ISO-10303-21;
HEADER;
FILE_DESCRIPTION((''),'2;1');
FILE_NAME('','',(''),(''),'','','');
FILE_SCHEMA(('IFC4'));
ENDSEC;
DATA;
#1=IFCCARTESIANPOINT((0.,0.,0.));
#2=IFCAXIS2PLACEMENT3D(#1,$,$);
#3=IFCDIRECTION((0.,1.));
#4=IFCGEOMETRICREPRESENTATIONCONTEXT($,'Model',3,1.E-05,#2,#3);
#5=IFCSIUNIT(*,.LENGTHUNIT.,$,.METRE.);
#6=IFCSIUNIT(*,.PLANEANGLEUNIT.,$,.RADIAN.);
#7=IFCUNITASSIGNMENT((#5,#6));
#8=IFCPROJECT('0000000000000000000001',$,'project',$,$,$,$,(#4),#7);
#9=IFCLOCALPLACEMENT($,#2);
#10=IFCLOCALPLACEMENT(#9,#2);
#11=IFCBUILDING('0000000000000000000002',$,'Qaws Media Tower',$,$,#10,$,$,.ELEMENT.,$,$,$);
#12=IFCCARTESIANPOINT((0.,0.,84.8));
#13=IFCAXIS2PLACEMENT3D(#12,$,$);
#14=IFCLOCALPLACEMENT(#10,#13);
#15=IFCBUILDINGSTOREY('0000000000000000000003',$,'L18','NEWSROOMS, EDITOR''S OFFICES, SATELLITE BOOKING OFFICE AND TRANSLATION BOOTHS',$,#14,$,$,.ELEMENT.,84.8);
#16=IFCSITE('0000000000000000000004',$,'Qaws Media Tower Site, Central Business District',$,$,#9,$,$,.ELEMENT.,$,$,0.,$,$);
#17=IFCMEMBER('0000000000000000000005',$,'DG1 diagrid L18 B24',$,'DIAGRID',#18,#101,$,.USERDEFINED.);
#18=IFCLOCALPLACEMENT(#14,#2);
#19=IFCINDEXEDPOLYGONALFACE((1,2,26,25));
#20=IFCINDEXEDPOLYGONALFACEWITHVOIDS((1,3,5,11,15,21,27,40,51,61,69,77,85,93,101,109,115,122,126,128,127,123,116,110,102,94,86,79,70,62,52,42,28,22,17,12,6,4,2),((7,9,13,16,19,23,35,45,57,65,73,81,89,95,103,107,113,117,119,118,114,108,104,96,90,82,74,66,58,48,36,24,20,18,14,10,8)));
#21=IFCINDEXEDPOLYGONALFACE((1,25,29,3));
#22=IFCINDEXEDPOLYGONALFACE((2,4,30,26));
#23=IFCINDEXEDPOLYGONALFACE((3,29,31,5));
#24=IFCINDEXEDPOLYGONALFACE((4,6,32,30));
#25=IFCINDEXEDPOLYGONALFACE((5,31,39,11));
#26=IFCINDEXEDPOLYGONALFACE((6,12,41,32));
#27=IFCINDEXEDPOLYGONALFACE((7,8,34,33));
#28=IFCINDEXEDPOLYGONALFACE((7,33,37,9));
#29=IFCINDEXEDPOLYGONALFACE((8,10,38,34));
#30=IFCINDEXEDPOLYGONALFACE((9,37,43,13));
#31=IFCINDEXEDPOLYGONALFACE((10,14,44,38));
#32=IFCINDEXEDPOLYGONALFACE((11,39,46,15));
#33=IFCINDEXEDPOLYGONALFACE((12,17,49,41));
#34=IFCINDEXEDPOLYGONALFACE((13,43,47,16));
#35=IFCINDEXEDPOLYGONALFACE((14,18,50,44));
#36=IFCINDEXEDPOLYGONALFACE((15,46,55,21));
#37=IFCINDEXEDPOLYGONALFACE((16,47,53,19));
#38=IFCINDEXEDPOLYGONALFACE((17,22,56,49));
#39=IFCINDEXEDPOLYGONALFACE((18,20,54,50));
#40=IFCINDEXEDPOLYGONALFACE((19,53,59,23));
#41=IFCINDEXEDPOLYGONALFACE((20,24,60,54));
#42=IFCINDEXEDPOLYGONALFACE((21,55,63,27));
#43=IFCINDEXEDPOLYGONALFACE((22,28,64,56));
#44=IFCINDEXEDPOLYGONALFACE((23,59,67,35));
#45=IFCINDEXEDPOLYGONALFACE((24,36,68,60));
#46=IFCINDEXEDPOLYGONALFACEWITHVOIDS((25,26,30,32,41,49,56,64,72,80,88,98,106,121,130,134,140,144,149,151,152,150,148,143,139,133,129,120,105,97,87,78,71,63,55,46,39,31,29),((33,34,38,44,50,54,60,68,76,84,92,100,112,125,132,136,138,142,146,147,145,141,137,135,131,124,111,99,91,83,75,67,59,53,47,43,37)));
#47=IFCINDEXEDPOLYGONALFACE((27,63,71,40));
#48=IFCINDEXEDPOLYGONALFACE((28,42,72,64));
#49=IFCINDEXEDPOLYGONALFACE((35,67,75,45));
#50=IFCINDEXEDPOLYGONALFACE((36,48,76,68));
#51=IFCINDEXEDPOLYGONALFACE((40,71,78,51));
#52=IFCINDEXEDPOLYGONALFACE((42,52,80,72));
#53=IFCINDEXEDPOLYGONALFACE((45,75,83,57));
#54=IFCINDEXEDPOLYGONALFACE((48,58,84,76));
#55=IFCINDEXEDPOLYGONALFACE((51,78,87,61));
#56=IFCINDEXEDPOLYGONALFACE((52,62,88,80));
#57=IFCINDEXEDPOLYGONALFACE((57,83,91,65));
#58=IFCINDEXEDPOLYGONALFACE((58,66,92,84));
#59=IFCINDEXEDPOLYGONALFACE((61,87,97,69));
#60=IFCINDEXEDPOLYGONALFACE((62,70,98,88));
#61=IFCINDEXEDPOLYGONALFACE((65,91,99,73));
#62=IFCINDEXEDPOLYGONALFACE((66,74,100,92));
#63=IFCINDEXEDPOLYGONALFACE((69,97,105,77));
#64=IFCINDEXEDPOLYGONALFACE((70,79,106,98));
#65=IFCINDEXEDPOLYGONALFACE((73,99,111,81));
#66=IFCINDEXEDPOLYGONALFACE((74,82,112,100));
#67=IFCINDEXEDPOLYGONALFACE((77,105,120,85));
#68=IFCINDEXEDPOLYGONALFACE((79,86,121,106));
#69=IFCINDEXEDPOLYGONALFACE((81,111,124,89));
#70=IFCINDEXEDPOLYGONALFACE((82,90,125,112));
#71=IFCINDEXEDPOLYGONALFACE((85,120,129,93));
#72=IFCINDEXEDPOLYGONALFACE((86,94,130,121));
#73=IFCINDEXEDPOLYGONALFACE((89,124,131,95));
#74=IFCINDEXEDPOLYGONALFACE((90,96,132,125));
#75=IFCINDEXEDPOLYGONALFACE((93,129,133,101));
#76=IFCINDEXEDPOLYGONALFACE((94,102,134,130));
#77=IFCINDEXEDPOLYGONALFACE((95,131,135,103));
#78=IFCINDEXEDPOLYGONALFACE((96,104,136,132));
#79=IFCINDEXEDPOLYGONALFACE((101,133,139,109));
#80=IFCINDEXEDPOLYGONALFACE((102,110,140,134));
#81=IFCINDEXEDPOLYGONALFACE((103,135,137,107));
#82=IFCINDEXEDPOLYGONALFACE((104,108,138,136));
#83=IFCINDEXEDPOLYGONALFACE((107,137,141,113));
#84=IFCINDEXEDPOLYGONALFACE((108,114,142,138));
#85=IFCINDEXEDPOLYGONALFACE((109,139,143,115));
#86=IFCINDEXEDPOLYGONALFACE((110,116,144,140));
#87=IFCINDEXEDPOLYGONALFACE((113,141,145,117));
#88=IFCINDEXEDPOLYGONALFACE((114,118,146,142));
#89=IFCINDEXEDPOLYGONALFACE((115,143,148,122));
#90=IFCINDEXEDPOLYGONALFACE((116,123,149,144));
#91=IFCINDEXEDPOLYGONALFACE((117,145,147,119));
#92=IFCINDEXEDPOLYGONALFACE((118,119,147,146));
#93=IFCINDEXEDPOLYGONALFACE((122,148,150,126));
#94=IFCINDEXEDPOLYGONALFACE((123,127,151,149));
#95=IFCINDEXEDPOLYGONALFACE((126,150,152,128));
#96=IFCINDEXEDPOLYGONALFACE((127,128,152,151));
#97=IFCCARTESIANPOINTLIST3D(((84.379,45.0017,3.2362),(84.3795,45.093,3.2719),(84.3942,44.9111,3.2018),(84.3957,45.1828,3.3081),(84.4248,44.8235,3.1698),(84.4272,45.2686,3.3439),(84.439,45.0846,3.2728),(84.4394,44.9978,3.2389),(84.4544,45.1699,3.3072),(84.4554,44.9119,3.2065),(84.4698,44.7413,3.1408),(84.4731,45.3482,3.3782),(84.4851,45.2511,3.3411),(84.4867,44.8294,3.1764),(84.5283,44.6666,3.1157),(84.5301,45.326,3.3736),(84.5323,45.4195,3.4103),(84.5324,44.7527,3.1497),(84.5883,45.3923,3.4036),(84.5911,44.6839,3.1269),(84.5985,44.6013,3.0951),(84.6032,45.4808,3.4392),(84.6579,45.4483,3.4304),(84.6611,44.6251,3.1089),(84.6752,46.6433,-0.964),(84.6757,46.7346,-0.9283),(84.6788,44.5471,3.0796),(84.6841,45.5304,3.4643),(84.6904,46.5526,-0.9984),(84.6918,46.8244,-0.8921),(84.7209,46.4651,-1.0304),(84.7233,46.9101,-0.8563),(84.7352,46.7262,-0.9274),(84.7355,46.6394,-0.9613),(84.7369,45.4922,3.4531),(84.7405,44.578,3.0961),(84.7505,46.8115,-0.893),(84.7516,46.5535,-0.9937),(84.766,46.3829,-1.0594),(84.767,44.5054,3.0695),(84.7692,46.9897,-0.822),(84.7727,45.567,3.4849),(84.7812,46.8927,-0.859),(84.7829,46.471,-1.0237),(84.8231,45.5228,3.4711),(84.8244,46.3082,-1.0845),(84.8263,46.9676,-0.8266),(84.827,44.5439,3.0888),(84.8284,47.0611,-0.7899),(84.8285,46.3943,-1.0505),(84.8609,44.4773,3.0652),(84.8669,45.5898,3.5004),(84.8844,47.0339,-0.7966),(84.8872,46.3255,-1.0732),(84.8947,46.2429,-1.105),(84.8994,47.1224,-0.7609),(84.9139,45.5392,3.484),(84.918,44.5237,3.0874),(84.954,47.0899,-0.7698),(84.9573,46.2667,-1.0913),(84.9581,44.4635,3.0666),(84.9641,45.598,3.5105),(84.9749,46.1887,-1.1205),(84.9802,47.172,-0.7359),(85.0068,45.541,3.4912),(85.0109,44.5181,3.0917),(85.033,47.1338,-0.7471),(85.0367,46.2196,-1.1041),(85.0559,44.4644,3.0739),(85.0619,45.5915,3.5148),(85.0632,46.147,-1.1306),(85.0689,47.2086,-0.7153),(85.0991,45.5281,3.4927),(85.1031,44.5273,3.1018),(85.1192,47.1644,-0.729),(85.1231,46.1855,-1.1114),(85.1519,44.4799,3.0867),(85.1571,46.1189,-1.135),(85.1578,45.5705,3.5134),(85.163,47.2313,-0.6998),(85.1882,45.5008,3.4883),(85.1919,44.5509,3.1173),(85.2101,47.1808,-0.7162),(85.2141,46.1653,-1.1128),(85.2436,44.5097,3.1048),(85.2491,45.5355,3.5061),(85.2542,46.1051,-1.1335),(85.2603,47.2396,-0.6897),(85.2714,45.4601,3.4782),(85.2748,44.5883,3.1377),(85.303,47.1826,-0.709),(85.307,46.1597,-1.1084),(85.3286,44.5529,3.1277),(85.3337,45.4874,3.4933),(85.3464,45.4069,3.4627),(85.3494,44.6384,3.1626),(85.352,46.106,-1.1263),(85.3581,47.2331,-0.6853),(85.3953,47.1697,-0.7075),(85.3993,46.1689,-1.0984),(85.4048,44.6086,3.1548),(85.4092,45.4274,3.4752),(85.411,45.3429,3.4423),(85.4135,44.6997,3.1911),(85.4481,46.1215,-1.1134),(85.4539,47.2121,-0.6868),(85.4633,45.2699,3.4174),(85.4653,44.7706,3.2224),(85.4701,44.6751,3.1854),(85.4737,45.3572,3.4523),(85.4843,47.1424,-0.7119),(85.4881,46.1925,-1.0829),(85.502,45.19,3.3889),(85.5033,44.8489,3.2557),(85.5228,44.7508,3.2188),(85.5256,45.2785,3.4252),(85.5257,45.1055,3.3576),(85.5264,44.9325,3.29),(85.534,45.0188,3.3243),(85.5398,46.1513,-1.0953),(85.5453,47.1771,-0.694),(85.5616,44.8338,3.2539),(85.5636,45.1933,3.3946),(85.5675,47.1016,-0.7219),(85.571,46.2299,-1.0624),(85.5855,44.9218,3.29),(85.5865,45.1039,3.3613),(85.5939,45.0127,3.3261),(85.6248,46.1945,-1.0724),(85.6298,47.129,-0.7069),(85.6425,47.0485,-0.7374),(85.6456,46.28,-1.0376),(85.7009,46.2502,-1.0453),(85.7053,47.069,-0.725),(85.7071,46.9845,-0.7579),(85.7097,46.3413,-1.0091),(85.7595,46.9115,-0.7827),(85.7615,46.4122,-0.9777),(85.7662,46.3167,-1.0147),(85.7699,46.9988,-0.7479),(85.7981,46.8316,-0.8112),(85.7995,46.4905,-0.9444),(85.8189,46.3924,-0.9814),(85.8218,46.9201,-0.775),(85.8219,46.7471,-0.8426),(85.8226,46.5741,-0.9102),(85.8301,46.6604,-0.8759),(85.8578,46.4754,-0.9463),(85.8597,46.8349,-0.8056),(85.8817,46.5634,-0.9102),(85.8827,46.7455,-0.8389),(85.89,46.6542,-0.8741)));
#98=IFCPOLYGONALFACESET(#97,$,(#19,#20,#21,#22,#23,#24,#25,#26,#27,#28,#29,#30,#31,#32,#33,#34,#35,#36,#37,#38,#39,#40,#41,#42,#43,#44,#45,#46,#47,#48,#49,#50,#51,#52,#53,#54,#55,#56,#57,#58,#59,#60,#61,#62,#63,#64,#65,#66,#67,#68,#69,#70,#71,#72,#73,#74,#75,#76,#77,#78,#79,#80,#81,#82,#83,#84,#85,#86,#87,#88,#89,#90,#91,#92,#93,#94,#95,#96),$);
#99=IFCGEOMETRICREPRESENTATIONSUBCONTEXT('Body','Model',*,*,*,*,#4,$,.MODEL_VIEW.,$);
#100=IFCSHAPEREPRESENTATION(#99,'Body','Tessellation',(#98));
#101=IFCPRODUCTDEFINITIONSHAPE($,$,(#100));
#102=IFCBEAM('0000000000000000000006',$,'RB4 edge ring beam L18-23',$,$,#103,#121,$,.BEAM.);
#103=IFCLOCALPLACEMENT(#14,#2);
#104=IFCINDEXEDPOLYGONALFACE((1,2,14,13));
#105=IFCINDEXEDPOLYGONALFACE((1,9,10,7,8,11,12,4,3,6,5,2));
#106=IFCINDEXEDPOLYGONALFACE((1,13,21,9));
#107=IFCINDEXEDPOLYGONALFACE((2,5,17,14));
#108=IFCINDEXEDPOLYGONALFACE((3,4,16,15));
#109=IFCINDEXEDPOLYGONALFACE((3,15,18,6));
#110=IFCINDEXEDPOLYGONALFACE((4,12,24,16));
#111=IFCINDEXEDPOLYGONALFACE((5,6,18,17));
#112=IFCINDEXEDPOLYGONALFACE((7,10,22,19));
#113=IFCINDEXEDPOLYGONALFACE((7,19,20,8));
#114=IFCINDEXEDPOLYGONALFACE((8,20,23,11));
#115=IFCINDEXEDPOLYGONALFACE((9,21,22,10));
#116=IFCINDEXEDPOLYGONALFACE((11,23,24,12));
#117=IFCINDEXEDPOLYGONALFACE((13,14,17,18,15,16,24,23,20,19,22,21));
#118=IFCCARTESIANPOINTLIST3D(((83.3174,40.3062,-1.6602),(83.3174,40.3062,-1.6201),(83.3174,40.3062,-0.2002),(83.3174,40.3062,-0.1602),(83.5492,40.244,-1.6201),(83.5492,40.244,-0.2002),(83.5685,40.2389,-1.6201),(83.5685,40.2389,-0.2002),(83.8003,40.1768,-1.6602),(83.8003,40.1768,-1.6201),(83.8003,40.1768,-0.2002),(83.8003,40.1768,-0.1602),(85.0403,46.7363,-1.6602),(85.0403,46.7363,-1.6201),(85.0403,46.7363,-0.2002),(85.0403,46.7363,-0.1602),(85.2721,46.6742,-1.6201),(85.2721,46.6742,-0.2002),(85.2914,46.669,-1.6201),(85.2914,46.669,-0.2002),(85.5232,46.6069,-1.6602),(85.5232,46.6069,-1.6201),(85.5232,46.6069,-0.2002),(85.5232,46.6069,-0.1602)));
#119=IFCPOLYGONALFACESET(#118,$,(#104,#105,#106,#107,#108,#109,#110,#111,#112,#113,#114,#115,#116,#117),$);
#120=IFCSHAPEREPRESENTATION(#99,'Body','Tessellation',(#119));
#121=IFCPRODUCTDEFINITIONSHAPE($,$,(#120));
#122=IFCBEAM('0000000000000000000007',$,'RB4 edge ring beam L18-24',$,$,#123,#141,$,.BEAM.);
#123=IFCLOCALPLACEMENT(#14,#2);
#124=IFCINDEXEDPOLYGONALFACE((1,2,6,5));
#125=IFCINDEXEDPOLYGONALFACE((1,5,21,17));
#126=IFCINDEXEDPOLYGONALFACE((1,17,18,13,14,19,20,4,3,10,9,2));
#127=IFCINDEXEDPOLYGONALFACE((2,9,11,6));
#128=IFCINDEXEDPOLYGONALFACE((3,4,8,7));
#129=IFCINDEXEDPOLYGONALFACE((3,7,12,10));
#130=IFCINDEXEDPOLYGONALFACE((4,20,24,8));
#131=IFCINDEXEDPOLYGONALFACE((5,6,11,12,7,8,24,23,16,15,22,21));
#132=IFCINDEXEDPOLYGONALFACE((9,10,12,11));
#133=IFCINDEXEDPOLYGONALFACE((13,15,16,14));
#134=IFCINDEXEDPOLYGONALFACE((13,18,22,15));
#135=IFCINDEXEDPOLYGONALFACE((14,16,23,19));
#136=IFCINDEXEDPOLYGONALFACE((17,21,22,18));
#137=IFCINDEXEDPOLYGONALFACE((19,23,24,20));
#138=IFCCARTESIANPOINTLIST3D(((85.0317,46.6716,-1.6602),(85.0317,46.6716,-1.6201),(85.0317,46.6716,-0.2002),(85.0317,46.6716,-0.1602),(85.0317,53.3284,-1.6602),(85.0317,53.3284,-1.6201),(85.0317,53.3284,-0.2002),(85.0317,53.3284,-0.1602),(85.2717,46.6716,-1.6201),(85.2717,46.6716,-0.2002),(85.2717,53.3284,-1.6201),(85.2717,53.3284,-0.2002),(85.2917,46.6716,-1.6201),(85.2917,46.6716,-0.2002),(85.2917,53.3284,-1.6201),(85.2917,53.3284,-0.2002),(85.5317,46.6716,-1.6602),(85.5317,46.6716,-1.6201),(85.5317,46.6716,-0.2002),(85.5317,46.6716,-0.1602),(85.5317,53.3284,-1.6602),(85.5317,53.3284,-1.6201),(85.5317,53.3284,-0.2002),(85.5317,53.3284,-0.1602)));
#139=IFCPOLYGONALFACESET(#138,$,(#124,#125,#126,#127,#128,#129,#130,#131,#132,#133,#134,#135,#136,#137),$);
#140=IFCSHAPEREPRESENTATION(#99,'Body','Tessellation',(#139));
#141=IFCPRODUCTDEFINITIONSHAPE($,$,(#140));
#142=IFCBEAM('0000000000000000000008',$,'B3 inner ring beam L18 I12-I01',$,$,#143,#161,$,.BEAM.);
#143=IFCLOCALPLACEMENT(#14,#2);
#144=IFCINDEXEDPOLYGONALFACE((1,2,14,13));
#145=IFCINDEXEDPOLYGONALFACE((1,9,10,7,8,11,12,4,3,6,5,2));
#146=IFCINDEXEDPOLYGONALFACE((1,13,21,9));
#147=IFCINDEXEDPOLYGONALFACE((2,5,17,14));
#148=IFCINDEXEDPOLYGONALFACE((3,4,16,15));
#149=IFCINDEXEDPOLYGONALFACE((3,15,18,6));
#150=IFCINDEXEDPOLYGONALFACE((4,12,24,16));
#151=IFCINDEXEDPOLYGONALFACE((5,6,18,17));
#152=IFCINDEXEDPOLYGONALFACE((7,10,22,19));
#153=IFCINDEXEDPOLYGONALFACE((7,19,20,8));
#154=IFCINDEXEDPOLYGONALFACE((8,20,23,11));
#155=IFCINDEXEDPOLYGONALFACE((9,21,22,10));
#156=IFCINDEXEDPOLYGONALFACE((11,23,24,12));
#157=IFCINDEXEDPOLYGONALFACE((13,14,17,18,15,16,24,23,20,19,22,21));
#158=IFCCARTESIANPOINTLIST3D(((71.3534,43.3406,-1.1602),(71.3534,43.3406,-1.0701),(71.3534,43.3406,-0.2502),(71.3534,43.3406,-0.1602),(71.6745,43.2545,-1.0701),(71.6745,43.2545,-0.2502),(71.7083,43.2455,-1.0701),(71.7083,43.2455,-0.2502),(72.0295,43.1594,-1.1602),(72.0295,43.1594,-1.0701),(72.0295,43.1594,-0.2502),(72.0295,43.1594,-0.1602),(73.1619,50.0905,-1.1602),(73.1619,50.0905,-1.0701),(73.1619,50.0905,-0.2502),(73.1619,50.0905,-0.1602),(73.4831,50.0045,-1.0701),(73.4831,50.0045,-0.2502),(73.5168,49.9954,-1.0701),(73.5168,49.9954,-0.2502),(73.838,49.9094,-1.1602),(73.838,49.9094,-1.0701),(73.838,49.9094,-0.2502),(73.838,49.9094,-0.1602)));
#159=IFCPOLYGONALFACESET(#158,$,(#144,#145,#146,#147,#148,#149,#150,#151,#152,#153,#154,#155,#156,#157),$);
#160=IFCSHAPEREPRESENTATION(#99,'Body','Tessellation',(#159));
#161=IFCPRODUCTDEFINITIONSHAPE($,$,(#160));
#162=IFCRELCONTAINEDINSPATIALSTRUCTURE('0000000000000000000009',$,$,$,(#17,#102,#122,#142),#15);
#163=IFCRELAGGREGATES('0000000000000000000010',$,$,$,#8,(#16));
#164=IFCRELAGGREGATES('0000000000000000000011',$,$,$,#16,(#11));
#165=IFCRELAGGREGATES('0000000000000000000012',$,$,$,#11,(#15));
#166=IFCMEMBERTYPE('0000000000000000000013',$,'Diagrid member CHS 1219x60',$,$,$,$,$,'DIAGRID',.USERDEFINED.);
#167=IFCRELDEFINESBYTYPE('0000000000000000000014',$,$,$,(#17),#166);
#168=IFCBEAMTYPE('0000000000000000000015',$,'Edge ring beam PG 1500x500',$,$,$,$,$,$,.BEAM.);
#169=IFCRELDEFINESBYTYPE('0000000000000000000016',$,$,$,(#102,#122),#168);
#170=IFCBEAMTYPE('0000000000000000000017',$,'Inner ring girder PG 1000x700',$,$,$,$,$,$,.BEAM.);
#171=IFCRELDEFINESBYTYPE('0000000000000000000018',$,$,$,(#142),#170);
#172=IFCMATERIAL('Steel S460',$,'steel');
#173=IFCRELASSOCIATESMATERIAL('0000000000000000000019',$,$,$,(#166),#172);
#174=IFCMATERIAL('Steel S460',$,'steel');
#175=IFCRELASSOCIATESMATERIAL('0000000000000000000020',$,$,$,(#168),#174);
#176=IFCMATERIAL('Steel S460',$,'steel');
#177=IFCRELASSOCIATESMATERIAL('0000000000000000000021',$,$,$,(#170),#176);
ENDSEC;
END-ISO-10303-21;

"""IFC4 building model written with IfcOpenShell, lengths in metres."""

from ifc_helpers import new_model, si_unit, direction, frame, origin, origin_2d, place, context, subcontext, project, spatial, hollow_circle, i_section, extrude, material, material_profile, profile_set, type_object, element, save


model = new_model("IFC4")

# Units and contexts
model_context = context("Model", 3, precision=1e-05, world=origin(), true_north=direction((0.0, 1.0)))
body_context = subcontext(model_context, "Body", "Model", "MODEL_VIEW")
ifc_project = project(units=[si_unit("LENGTHUNIT", "METRE"), si_unit("PLANEANGLEUNIT", "RADIAN")], contexts=[model_context])

# Site, building, storey
site_placement = place(None, origin())
site = spatial("IfcSite", under=ifc_project, at=site_placement, Name="Qaws Media Tower Site, Central Business District", CompositionType="ELEMENT", RefElevation=0.0)
building_placement = place(site_placement, origin())
building = spatial("IfcBuilding", under=site, at=building_placement, Name="Qaws Media Tower", CompositionType="ELEMENT")
storey_placement = place(building_placement, frame((0.0, 0.0, 84.8)))
storey = spatial("IfcBuildingStorey", under=building, at=storey_placement, Name="L18", Description="NEWSROOMS, EDITOR'S OFFICES, SATELLITE BOOKING OFFICE AND TRANSLATION BOOTHS", CompositionType="ELEMENT", Elevation=84.8)

# Member
ifc_material_1 = material(Name="Steel S460", Category="steel")
ifc_material_profile_1 = material_profile(ifc_material_1, hollow_circle(Radius=0.6096, WallThickness=0.0601, at=origin_2d()), Name="CHS 1219x60")
ifc_profile_set_1 = profile_set([ifc_material_profile_1], Name="Steel S460")
member_type_1 = type_object("IfcMemberType", Name="Diagrid member CHS 1219x60", ElementType="DIAGRID", PredefinedType="USERDEFINED", material=ifc_profile_set_1)
for number, where, z_axis, x_axis, name in (
    (1, (85.2817, 46.6716, -0.9102), (-0.065528, -0.363241, 0.929388), (0.984115, -0.177533, 0.0), "DG1 diagrid L18 B24"),
):
    element("IfcMember", number, at=place(storey_placement, frame(where, z_axis=z_axis, x_axis=x_axis)), inside=storey, type_object=member_type_1, Name=name, ObjectType="DIAGRID", PredefinedType="USERDEFINED", context=body_context, shape_type="SweptSolid", body=[
        extrude(hollow_circle(Radius=0.6096, WallThickness=0.0601, at=origin_2d()), origin(), (0.0, 0.0, 1.0), 4.5193),
    ])

# Beams
ifc_material_2 = material(Name="Steel S460", Category="steel")
ifc_material_profile_2 = material_profile(ifc_material_2, i_section(OverallWidth=0.5, OverallDepth=1.5, WebThickness=0.02, FlangeThickness=0.04, at=origin_2d()), Name="PG 1500x500")
ifc_profile_set_2 = profile_set([ifc_material_profile_2], Name="Steel S460")
beam_type_1 = type_object("IfcBeamType", Name="Edge ring beam PG 1500x500", PredefinedType="BEAM", material=ifc_profile_set_2)
beam_1_placement = place(storey_placement, frame((83.5588, 40.2415, -0.9102), z_axis=(0.258811, 0.965928, 0.0), x_axis=(-0.965928, 0.258811, 0.0)))
element("IfcBeam", 2, at=beam_1_placement, inside=storey, type_object=beam_type_1, Name="RB4 edge ring beam L18-23", PredefinedType="BEAM", context=body_context, shape_type="SweptSolid", body=[
    extrude(i_section(OverallWidth=0.5, OverallDepth=1.5, WebThickness=0.02, FlangeThickness=0.04, at=origin_2d()), origin(), (0.0, 0.0, 1.0), 6.657),
])
beam_2_placement = place(storey_placement, frame((85.2817, 46.6716, -0.9102), z_axis=(0.0, 1.0, 0.0), x_axis=(-1.0, 0.0, 0.0)))
element("IfcBeam", 3, at=beam_2_placement, inside=storey, type_object=beam_type_1, Name="RB4 edge ring beam L18-24", PredefinedType="BEAM", context=body_context, shape_type="SweptSolid", body=[
    extrude(i_section(OverallWidth=0.5, OverallDepth=1.5, WebThickness=0.02, FlangeThickness=0.04, at=origin_2d()), origin(), (0.0, 0.0, 1.0), 6.6567),
])
ifc_material_3 = material(Name="Steel S460", Category="steel")
ifc_material_profile_3 = material_profile(ifc_material_3, i_section(OverallWidth=0.7, OverallDepth=1.0, WebThickness=0.0349, FlangeThickness=0.0901, at=origin_2d()), Name="PG 1000x700")
ifc_profile_set_3 = profile_set([ifc_material_profile_3], Name="Steel S460")
beam_type_2 = type_object("IfcBeamType", Name="Inner ring girder PG 1000x700", PredefinedType="BEAM", material=ifc_profile_set_3)
beam_3_placement = place(storey_placement, frame((71.6914, 43.25, -0.6602), z_axis=(0.258811, 0.965928, 0.0), x_axis=(-0.965928, 0.258811, 0.0)))
element("IfcBeam", 4, at=beam_3_placement, inside=storey, type_object=beam_type_2, Name="B3 inner ring beam L18 I12-I01", PredefinedType="BEAM", context=body_context, shape_type="SweptSolid", body=[
    extrude(i_section(OverallWidth=0.7, OverallDepth=1.0, WebThickness=0.0349, FlangeThickness=0.0901, at=origin_2d()), origin(), (0.0, 0.0, 1.0), 6.988),
])

save(model, "model.ifc")
